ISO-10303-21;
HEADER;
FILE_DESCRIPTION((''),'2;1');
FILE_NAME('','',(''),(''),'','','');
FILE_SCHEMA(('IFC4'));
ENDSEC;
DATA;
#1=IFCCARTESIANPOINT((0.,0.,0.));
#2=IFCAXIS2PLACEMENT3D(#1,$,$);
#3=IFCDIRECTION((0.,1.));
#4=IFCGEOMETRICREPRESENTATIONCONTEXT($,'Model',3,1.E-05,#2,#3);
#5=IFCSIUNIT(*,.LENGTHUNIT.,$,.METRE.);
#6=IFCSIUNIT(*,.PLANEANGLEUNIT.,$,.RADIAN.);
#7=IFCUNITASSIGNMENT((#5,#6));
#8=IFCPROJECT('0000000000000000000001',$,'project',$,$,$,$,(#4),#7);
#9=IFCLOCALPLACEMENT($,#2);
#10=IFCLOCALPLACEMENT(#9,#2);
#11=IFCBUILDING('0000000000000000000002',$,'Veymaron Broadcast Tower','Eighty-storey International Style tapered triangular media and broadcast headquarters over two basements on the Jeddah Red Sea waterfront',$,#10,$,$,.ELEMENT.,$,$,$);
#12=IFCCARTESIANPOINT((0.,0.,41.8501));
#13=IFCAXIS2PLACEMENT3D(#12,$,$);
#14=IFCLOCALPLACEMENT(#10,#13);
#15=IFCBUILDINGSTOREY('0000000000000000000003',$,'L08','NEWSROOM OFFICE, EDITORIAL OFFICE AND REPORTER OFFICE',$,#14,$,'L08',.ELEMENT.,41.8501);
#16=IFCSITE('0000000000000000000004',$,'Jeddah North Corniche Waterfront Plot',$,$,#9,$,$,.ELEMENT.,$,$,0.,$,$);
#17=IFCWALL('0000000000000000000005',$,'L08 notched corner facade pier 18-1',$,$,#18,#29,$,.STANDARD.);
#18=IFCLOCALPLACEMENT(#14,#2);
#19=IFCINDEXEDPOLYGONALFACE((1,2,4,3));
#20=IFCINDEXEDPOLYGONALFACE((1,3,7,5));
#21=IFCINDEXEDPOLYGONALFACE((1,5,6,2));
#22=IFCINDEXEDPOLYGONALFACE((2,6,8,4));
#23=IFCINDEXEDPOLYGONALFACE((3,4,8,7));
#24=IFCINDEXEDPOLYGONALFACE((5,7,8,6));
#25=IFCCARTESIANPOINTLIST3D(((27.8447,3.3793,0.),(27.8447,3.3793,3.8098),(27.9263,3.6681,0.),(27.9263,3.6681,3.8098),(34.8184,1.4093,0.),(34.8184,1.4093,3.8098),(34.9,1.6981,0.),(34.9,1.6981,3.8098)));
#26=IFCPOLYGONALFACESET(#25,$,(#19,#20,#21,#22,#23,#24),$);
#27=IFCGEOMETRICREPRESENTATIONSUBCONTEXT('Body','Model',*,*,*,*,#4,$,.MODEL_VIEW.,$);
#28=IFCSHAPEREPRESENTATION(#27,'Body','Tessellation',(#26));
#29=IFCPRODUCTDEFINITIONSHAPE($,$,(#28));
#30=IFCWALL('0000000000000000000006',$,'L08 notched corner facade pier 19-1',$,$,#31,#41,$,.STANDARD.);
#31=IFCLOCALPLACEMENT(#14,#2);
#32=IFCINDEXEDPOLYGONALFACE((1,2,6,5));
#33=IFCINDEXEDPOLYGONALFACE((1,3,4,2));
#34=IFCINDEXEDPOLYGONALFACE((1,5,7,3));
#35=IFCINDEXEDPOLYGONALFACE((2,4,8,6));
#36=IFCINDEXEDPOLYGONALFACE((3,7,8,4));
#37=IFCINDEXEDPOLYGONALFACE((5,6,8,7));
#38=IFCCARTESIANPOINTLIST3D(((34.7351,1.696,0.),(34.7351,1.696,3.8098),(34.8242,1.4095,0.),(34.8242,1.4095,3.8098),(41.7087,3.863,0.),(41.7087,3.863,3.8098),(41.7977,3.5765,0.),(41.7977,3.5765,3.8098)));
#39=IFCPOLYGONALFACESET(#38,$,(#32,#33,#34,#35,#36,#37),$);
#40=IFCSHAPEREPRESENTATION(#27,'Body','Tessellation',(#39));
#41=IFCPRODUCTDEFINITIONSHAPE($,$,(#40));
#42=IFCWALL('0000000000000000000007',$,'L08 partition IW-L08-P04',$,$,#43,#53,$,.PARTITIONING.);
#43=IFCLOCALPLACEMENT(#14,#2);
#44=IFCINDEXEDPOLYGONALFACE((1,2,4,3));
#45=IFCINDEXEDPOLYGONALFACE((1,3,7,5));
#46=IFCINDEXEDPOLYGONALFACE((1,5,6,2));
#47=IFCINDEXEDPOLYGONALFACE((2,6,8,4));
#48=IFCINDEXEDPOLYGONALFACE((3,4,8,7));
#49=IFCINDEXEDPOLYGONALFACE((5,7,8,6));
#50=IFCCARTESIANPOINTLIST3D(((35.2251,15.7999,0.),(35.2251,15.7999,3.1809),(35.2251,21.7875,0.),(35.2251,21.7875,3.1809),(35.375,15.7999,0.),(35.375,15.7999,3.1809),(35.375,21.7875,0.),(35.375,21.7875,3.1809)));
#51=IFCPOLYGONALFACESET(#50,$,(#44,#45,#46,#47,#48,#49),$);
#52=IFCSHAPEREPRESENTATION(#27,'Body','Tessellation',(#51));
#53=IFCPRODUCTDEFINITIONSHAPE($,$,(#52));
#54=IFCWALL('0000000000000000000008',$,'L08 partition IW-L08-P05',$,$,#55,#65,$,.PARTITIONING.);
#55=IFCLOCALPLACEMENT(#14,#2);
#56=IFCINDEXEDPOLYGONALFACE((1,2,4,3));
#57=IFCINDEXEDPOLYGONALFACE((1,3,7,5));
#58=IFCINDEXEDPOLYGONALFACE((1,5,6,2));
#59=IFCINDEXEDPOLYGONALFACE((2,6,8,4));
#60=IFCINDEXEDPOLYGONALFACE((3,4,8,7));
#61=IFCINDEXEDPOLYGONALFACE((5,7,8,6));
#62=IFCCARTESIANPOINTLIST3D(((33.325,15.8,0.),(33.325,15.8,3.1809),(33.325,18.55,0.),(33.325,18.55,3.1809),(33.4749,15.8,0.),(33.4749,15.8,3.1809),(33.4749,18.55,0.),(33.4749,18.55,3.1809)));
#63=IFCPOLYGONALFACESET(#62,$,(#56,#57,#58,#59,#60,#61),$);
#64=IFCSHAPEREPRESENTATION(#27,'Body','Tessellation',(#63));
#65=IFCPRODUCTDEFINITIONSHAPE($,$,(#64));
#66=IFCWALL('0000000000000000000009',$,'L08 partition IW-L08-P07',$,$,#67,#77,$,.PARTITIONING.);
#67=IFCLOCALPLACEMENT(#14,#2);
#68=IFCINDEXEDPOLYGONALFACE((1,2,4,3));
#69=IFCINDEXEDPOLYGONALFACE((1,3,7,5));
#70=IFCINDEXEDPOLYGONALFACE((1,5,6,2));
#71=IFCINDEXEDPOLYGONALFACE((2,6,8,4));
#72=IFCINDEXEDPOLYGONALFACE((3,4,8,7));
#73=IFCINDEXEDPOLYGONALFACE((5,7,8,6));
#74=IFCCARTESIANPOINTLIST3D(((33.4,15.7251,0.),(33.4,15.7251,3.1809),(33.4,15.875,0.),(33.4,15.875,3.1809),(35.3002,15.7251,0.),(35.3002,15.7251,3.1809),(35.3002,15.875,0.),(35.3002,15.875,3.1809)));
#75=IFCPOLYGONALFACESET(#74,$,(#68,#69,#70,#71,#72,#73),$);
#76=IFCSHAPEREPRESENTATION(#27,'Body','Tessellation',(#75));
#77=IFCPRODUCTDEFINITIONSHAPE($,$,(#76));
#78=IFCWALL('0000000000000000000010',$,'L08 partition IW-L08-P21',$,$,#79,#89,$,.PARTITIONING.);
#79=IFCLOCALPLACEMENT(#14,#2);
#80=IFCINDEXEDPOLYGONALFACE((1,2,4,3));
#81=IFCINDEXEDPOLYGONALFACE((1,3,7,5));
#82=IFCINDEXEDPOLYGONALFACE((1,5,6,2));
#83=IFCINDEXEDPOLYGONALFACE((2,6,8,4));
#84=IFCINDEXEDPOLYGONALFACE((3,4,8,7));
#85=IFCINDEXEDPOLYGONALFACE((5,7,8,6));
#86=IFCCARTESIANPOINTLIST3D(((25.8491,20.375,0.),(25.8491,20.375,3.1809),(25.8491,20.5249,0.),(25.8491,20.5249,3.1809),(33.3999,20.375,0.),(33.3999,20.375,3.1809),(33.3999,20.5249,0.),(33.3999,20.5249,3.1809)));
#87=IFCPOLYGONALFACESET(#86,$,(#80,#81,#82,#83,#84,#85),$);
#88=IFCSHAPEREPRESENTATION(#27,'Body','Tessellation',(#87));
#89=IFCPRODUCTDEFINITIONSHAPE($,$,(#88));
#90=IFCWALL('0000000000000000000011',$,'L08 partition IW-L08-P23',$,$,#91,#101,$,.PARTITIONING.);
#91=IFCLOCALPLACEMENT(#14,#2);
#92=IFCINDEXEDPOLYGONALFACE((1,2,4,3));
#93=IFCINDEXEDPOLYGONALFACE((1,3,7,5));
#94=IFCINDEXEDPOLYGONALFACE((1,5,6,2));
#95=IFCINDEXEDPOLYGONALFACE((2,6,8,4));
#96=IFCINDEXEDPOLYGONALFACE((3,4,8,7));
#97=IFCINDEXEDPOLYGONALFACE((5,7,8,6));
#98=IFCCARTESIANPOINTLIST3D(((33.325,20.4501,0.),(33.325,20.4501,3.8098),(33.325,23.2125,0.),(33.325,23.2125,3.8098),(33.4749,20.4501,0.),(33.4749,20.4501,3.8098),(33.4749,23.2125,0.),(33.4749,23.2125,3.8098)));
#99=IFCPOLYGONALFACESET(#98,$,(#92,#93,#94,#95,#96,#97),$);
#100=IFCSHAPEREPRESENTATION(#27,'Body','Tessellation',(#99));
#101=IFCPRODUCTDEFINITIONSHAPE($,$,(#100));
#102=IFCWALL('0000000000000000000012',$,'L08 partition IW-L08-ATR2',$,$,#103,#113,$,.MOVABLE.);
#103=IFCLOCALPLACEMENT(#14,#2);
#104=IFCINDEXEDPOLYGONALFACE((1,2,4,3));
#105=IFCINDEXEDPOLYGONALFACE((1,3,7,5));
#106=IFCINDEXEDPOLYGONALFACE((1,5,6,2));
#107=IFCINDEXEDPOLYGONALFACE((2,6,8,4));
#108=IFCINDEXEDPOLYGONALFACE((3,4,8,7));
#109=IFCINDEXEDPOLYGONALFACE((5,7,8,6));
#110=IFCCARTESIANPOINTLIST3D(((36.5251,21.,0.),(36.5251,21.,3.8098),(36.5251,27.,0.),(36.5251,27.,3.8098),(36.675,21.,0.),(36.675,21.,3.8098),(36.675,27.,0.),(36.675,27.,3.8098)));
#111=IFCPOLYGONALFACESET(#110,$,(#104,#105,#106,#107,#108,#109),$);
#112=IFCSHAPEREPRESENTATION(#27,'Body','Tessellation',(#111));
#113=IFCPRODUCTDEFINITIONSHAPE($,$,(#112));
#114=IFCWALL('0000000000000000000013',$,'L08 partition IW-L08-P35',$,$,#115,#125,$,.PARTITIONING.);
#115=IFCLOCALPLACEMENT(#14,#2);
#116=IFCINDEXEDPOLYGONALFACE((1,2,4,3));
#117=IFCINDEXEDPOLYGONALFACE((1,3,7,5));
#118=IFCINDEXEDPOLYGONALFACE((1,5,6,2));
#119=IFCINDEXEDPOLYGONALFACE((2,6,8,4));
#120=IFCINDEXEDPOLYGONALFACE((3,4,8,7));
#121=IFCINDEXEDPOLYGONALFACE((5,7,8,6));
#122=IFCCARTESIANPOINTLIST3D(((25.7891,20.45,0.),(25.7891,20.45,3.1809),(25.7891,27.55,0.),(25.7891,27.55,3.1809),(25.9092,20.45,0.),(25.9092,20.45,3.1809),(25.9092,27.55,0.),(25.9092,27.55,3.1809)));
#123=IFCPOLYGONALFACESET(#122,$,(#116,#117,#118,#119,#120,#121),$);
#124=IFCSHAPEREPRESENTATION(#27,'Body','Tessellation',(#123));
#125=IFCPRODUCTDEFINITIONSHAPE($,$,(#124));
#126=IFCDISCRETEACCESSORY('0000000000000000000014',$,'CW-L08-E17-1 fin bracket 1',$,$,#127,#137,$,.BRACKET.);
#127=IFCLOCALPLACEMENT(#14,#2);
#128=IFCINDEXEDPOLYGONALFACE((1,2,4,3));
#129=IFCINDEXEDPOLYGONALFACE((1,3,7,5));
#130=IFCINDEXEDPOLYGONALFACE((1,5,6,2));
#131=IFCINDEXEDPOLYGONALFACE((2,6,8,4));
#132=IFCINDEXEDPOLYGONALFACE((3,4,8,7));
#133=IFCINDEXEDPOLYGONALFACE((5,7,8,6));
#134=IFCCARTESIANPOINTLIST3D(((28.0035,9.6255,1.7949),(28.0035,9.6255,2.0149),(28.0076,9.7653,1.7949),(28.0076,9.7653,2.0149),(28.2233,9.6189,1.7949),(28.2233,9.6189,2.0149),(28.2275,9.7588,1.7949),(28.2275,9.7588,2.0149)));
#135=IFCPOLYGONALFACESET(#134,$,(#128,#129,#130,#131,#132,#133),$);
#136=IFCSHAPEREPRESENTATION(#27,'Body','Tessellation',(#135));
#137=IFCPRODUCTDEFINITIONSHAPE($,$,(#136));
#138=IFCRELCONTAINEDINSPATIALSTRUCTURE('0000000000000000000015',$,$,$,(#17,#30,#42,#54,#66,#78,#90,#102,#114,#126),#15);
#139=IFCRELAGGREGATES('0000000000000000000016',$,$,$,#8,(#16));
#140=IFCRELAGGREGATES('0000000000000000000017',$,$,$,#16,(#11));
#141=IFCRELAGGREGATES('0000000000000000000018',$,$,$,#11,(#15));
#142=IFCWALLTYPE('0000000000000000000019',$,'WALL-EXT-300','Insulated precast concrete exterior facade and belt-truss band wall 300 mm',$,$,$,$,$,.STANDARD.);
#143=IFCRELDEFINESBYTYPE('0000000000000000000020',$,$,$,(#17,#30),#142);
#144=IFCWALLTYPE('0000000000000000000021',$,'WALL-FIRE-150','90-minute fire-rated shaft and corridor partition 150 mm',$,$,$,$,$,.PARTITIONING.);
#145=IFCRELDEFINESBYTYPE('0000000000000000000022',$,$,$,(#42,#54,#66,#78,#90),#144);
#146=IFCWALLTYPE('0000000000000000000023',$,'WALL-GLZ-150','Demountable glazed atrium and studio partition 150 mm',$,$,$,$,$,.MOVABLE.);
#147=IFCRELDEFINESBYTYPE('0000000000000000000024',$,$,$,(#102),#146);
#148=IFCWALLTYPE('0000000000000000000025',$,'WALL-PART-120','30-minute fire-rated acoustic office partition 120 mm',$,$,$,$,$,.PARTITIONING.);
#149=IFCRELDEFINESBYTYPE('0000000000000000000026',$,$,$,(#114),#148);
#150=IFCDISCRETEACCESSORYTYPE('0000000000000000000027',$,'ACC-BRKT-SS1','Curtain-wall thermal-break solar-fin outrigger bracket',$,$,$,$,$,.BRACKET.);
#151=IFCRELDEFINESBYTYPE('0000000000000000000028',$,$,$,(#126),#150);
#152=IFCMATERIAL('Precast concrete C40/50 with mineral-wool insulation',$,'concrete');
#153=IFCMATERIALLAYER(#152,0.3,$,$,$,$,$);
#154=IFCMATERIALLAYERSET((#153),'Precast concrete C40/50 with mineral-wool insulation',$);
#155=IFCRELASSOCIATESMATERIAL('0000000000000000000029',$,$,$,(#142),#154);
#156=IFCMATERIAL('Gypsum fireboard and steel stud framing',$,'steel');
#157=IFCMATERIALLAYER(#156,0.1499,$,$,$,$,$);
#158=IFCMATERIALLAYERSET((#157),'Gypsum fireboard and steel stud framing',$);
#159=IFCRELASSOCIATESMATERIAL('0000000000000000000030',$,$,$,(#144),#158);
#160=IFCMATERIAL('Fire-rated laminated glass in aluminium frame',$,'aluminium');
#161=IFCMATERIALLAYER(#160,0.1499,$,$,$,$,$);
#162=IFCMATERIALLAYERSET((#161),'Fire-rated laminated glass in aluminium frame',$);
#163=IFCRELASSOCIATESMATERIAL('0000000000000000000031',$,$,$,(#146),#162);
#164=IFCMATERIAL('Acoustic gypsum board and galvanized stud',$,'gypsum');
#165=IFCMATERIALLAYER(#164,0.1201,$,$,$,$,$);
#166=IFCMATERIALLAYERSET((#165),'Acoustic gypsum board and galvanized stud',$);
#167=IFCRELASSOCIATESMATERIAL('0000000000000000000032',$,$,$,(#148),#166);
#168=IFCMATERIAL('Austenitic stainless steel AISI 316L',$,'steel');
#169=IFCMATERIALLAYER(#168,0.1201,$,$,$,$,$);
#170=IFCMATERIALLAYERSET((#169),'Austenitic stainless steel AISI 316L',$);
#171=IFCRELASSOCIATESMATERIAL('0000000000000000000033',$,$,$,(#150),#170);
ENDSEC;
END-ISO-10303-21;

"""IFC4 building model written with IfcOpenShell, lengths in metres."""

from ifc_helpers import new_model, si_unit, direction, frame, frame_2d, origin, origin_2d, place, context, subcontext, project, spatial, rectangle, extrude, material, layer, layer_set, type_object, element, save


model = new_model("IFC4")

# Units and contexts
model_context = context("Model", 3, precision=1e-05, world=origin(), true_north=direction((0.0, 1.0)))
body_context = subcontext(model_context, "Body", "Model", "MODEL_VIEW")
ifc_project = project(units=[si_unit("LENGTHUNIT", "METRE"), si_unit("PLANEANGLEUNIT", "RADIAN")], contexts=[model_context])

# Site, building, storey
site_placement = place(None, origin())
site = spatial("IfcSite", under=ifc_project, at=site_placement, Name="Jeddah North Corniche Waterfront Plot", CompositionType="ELEMENT", RefElevation=0.0)
building_placement = place(site_placement, origin())
building = spatial("IfcBuilding", under=site, at=building_placement, Name="Veymaron Broadcast Tower", Description="Eighty-storey International Style tapered triangular media and broadcast headquarters over two basements on the Jeddah Red Sea waterfront", CompositionType="ELEMENT")
storey_placement = place(building_placement, frame((0.0, 0.0, 41.8501)))
storey = spatial("IfcBuildingStorey", under=building, at=storey_placement, Name="L08", Description="NEWSROOM OFFICE, EDITORIAL OFFICE AND REPORTER OFFICE", LongName="L08", CompositionType="ELEMENT", Elevation=41.8501)

# Walls
ifc_material_1 = material(Name="Precast concrete C40/50 with mineral-wool insulation", Category="concrete")
ifc_layer_1 = layer(ifc_material_1, 0.3)
ifc_layer_set_1 = layer_set([ifc_layer_1], Name="Precast concrete C40/50 with mineral-wool insulation")
wall_type_1 = type_object("IfcWallType", Name="WALL-EXT-300", Description="Insulated precast concrete exterior facade and belt-truss band wall 300 mm", PredefinedType="STANDARD", material=ifc_layer_set_1)
wall_1_placement = place(storey_placement, frame((27.8855, 3.5237, 0.0), z_axis=(0.0, 0.0, 1.0), x_axis=(0.96234, -0.27185, 0.0)))
element("IfcWall", 1, at=wall_1_placement, inside=storey, type_object=wall_type_1, Name="L08 notched corner facade pier 18-1", PredefinedType="STANDARD", context=body_context, shape_type="SweptSolid", body=[
    extrude(rectangle(XDim=7.2466, YDim=0.3, at=frame_2d((3.6233, 0.0))), origin(), (0.0, 0.0, 1.0), 3.8098),
])
wall_2_placement = place(storey_placement, frame((34.7795, 1.5527, 0.0), z_axis=(0.0, 0.0, 1.0), x_axis=(0.954957, 0.296744, 0.0)))
element("IfcWall", 2, at=wall_2_placement, inside=storey, type_object=wall_type_1, Name="L08 notched corner facade pier 19-1", PredefinedType="STANDARD", context=body_context, shape_type="SweptSolid", body=[
    extrude(rectangle(XDim=7.3025, YDim=0.3, at=frame_2d((3.6514, 0.0))), origin(), (0.0, 0.0, 1.0), 3.8098),
])
ifc_material_2 = material(Name="Gypsum fireboard and steel stud framing", Category="steel")
ifc_layer_2 = layer(ifc_material_2, 0.1499)
ifc_layer_set_2 = layer_set([ifc_layer_2], Name="Gypsum fireboard and steel stud framing")
wall_type_2 = type_object("IfcWallType", Name="WALL-FIRE-150", Description="90-minute fire-rated shaft and corridor partition 150 mm", PredefinedType="PARTITIONING", material=ifc_layer_set_2)
wall_3_placement = place(storey_placement, frame((35.3, 15.8, 0.0), z_axis=(0.0, 0.0, 1.0), x_axis=(0.0, 1.0, 0.0)))
element("IfcWall", 3, at=wall_3_placement, inside=storey, type_object=wall_type_2, Name="L08 partition IW-L08-P04", PredefinedType="PARTITIONING", context=body_context, shape_type="SweptSolid", body=[
    extrude(rectangle(XDim=5.9875, YDim=0.1499, at=frame_2d((2.9937, 0.0))), origin(), (0.0, 0.0, 1.0), 3.1809),
])
wall_4_placement = place(storey_placement, frame((33.3999, 15.8, 0.0), z_axis=(0.0, 0.0, 1.0), x_axis=(0.0, 1.0, 0.0)))
element("IfcWall", 4, at=wall_4_placement, inside=storey, type_object=wall_type_2, Name="L08 partition IW-L08-P05", PredefinedType="PARTITIONING", context=body_context, shape_type="SweptSolid", body=[
    extrude(rectangle(XDim=2.75, YDim=0.1499, at=frame_2d((1.375, 0.0))), origin(), (0.0, 0.0, 1.0), 3.1809),
])
wall_5_placement = place(storey_placement, frame((33.3999, 15.8, 0.0), z_axis=(0.0, 0.0, 1.0), x_axis=(1.0, 0.0, 0.0)))
element("IfcWall", 5, at=wall_5_placement, inside=storey, type_object=wall_type_2, Name="L08 partition IW-L08-P07", PredefinedType="PARTITIONING", context=body_context, shape_type="SweptSolid", body=[
    extrude(rectangle(XDim=1.9001, YDim=0.1499, at=frame_2d((0.9502, 0.0))), origin(), (0.0, 0.0, 1.0), 3.1809),
])
wall_6_placement = place(storey_placement, frame((25.8491, 20.45, 0.0), z_axis=(0.0, 0.0, 1.0), x_axis=(1.0, 0.0, 0.0)))
element("IfcWall", 6, at=wall_6_placement, inside=storey, type_object=wall_type_2, Name="L08 partition IW-L08-P21", PredefinedType="PARTITIONING", context=body_context, shape_type="SweptSolid", body=[
    extrude(rectangle(XDim=7.5508, YDim=0.1499, at=frame_2d((3.7754, 0.0))), origin(), (0.0, 0.0, 1.0), 3.1809),
])
wall_7_placement = place(storey_placement, frame((33.3999, 20.45, 0.0), z_axis=(0.0, 0.0, 1.0), x_axis=(0.0, 1.0, 0.0)))
element("IfcWall", 7, at=wall_7_placement, inside=storey, type_object=wall_type_2, Name="L08 partition IW-L08-P23", PredefinedType="PARTITIONING", context=body_context, shape_type="SweptSolid", body=[
    extrude(rectangle(XDim=2.7625, YDim=0.1499, at=frame_2d((1.3813, 0.0))), origin(), (0.0, 0.0, 1.0), 3.8098),
])
ifc_material_3 = material(Name="Fire-rated laminated glass in aluminium frame", Category="aluminium")
ifc_layer_3 = layer(ifc_material_3, 0.1499)
ifc_layer_set_3 = layer_set([ifc_layer_3], Name="Fire-rated laminated glass in aluminium frame")
wall_type_3 = type_object("IfcWallType", Name="WALL-GLZ-150", Description="Demountable glazed atrium and studio partition 150 mm", PredefinedType="MOVABLE", material=ifc_layer_set_3)
wall_8_placement = place(storey_placement, frame((36.6001, 21.0, 0.0), z_axis=(0.0, 0.0, 1.0), x_axis=(0.0, 1.0, 0.0)))
element("IfcWall", 8, at=wall_8_placement, inside=storey, type_object=wall_type_3, Name="L08 partition IW-L08-ATR2", PredefinedType="MOVABLE", context=body_context, shape_type="SweptSolid", body=[
    extrude(rectangle(XDim=6.0, YDim=0.1499, at=frame_2d((3.0, 0.0))), origin(), (0.0, 0.0, 1.0), 3.8098),
])
ifc_material_4 = material(Name="Acoustic gypsum board and galvanized stud", Category="gypsum")
ifc_layer_4 = layer(ifc_material_4, 0.1201)
ifc_layer_set_4 = layer_set([ifc_layer_4], Name="Acoustic gypsum board and galvanized stud")
wall_type_4 = type_object("IfcWallType", Name="WALL-PART-120", Description="30-minute fire-rated acoustic office partition 120 mm", PredefinedType="PARTITIONING", material=ifc_layer_set_4)
wall_9_placement = place(storey_placement, frame((25.8491, 20.45, 0.0), z_axis=(0.0, 0.0, 1.0), x_axis=(0.0, 1.0, 0.0)))
element("IfcWall", 9, at=wall_9_placement, inside=storey, type_object=wall_type_4, Name="L08 partition IW-L08-P35", PredefinedType="PARTITIONING", context=body_context, shape_type="SweptSolid", body=[
    extrude(rectangle(XDim=7.1001, YDim=0.1201, at=frame_2d((3.55, 0.0))), origin(), (0.0, 0.0, 1.0), 3.1809),
])

# Discrete accessory
ifc_material_5 = material(Name="Austenitic stainless steel AISI 316L", Category="steel")
ifc_layer_5 = layer(ifc_material_5, 0.1201)
ifc_layer_set_5 = layer_set([ifc_layer_5], Name="Austenitic stainless steel AISI 316L")
discrete_accessory_type = type_object("IfcDiscreteAccessoryType", Name="ACC-BRKT-SS1", Description="Curtain-wall thermal-break solar-fin outrigger bracket", PredefinedType="BRACKET", material=ifc_layer_set_5)
discrete_accessory_placement = place(storey_placement, frame((28.1155, 9.6921, 1.7949), z_axis=(0.0, 0.0, 1.0), x_axis=(-0.999554, 0.029858, 0.0)))
element("IfcDiscreteAccessory", 10, at=discrete_accessory_placement, inside=storey, type_object=discrete_accessory_type, Name="CW-L08-E17-1 fin bracket 1", PredefinedType="BRACKET", context=body_context, shape_type="SweptSolid", body=[
    extrude(rectangle(XDim=0.22, YDim=0.1399, at=origin_2d()), origin(), (0.0, 0.0, 1.0), 0.22),
])

save(model, "model.ifc")
